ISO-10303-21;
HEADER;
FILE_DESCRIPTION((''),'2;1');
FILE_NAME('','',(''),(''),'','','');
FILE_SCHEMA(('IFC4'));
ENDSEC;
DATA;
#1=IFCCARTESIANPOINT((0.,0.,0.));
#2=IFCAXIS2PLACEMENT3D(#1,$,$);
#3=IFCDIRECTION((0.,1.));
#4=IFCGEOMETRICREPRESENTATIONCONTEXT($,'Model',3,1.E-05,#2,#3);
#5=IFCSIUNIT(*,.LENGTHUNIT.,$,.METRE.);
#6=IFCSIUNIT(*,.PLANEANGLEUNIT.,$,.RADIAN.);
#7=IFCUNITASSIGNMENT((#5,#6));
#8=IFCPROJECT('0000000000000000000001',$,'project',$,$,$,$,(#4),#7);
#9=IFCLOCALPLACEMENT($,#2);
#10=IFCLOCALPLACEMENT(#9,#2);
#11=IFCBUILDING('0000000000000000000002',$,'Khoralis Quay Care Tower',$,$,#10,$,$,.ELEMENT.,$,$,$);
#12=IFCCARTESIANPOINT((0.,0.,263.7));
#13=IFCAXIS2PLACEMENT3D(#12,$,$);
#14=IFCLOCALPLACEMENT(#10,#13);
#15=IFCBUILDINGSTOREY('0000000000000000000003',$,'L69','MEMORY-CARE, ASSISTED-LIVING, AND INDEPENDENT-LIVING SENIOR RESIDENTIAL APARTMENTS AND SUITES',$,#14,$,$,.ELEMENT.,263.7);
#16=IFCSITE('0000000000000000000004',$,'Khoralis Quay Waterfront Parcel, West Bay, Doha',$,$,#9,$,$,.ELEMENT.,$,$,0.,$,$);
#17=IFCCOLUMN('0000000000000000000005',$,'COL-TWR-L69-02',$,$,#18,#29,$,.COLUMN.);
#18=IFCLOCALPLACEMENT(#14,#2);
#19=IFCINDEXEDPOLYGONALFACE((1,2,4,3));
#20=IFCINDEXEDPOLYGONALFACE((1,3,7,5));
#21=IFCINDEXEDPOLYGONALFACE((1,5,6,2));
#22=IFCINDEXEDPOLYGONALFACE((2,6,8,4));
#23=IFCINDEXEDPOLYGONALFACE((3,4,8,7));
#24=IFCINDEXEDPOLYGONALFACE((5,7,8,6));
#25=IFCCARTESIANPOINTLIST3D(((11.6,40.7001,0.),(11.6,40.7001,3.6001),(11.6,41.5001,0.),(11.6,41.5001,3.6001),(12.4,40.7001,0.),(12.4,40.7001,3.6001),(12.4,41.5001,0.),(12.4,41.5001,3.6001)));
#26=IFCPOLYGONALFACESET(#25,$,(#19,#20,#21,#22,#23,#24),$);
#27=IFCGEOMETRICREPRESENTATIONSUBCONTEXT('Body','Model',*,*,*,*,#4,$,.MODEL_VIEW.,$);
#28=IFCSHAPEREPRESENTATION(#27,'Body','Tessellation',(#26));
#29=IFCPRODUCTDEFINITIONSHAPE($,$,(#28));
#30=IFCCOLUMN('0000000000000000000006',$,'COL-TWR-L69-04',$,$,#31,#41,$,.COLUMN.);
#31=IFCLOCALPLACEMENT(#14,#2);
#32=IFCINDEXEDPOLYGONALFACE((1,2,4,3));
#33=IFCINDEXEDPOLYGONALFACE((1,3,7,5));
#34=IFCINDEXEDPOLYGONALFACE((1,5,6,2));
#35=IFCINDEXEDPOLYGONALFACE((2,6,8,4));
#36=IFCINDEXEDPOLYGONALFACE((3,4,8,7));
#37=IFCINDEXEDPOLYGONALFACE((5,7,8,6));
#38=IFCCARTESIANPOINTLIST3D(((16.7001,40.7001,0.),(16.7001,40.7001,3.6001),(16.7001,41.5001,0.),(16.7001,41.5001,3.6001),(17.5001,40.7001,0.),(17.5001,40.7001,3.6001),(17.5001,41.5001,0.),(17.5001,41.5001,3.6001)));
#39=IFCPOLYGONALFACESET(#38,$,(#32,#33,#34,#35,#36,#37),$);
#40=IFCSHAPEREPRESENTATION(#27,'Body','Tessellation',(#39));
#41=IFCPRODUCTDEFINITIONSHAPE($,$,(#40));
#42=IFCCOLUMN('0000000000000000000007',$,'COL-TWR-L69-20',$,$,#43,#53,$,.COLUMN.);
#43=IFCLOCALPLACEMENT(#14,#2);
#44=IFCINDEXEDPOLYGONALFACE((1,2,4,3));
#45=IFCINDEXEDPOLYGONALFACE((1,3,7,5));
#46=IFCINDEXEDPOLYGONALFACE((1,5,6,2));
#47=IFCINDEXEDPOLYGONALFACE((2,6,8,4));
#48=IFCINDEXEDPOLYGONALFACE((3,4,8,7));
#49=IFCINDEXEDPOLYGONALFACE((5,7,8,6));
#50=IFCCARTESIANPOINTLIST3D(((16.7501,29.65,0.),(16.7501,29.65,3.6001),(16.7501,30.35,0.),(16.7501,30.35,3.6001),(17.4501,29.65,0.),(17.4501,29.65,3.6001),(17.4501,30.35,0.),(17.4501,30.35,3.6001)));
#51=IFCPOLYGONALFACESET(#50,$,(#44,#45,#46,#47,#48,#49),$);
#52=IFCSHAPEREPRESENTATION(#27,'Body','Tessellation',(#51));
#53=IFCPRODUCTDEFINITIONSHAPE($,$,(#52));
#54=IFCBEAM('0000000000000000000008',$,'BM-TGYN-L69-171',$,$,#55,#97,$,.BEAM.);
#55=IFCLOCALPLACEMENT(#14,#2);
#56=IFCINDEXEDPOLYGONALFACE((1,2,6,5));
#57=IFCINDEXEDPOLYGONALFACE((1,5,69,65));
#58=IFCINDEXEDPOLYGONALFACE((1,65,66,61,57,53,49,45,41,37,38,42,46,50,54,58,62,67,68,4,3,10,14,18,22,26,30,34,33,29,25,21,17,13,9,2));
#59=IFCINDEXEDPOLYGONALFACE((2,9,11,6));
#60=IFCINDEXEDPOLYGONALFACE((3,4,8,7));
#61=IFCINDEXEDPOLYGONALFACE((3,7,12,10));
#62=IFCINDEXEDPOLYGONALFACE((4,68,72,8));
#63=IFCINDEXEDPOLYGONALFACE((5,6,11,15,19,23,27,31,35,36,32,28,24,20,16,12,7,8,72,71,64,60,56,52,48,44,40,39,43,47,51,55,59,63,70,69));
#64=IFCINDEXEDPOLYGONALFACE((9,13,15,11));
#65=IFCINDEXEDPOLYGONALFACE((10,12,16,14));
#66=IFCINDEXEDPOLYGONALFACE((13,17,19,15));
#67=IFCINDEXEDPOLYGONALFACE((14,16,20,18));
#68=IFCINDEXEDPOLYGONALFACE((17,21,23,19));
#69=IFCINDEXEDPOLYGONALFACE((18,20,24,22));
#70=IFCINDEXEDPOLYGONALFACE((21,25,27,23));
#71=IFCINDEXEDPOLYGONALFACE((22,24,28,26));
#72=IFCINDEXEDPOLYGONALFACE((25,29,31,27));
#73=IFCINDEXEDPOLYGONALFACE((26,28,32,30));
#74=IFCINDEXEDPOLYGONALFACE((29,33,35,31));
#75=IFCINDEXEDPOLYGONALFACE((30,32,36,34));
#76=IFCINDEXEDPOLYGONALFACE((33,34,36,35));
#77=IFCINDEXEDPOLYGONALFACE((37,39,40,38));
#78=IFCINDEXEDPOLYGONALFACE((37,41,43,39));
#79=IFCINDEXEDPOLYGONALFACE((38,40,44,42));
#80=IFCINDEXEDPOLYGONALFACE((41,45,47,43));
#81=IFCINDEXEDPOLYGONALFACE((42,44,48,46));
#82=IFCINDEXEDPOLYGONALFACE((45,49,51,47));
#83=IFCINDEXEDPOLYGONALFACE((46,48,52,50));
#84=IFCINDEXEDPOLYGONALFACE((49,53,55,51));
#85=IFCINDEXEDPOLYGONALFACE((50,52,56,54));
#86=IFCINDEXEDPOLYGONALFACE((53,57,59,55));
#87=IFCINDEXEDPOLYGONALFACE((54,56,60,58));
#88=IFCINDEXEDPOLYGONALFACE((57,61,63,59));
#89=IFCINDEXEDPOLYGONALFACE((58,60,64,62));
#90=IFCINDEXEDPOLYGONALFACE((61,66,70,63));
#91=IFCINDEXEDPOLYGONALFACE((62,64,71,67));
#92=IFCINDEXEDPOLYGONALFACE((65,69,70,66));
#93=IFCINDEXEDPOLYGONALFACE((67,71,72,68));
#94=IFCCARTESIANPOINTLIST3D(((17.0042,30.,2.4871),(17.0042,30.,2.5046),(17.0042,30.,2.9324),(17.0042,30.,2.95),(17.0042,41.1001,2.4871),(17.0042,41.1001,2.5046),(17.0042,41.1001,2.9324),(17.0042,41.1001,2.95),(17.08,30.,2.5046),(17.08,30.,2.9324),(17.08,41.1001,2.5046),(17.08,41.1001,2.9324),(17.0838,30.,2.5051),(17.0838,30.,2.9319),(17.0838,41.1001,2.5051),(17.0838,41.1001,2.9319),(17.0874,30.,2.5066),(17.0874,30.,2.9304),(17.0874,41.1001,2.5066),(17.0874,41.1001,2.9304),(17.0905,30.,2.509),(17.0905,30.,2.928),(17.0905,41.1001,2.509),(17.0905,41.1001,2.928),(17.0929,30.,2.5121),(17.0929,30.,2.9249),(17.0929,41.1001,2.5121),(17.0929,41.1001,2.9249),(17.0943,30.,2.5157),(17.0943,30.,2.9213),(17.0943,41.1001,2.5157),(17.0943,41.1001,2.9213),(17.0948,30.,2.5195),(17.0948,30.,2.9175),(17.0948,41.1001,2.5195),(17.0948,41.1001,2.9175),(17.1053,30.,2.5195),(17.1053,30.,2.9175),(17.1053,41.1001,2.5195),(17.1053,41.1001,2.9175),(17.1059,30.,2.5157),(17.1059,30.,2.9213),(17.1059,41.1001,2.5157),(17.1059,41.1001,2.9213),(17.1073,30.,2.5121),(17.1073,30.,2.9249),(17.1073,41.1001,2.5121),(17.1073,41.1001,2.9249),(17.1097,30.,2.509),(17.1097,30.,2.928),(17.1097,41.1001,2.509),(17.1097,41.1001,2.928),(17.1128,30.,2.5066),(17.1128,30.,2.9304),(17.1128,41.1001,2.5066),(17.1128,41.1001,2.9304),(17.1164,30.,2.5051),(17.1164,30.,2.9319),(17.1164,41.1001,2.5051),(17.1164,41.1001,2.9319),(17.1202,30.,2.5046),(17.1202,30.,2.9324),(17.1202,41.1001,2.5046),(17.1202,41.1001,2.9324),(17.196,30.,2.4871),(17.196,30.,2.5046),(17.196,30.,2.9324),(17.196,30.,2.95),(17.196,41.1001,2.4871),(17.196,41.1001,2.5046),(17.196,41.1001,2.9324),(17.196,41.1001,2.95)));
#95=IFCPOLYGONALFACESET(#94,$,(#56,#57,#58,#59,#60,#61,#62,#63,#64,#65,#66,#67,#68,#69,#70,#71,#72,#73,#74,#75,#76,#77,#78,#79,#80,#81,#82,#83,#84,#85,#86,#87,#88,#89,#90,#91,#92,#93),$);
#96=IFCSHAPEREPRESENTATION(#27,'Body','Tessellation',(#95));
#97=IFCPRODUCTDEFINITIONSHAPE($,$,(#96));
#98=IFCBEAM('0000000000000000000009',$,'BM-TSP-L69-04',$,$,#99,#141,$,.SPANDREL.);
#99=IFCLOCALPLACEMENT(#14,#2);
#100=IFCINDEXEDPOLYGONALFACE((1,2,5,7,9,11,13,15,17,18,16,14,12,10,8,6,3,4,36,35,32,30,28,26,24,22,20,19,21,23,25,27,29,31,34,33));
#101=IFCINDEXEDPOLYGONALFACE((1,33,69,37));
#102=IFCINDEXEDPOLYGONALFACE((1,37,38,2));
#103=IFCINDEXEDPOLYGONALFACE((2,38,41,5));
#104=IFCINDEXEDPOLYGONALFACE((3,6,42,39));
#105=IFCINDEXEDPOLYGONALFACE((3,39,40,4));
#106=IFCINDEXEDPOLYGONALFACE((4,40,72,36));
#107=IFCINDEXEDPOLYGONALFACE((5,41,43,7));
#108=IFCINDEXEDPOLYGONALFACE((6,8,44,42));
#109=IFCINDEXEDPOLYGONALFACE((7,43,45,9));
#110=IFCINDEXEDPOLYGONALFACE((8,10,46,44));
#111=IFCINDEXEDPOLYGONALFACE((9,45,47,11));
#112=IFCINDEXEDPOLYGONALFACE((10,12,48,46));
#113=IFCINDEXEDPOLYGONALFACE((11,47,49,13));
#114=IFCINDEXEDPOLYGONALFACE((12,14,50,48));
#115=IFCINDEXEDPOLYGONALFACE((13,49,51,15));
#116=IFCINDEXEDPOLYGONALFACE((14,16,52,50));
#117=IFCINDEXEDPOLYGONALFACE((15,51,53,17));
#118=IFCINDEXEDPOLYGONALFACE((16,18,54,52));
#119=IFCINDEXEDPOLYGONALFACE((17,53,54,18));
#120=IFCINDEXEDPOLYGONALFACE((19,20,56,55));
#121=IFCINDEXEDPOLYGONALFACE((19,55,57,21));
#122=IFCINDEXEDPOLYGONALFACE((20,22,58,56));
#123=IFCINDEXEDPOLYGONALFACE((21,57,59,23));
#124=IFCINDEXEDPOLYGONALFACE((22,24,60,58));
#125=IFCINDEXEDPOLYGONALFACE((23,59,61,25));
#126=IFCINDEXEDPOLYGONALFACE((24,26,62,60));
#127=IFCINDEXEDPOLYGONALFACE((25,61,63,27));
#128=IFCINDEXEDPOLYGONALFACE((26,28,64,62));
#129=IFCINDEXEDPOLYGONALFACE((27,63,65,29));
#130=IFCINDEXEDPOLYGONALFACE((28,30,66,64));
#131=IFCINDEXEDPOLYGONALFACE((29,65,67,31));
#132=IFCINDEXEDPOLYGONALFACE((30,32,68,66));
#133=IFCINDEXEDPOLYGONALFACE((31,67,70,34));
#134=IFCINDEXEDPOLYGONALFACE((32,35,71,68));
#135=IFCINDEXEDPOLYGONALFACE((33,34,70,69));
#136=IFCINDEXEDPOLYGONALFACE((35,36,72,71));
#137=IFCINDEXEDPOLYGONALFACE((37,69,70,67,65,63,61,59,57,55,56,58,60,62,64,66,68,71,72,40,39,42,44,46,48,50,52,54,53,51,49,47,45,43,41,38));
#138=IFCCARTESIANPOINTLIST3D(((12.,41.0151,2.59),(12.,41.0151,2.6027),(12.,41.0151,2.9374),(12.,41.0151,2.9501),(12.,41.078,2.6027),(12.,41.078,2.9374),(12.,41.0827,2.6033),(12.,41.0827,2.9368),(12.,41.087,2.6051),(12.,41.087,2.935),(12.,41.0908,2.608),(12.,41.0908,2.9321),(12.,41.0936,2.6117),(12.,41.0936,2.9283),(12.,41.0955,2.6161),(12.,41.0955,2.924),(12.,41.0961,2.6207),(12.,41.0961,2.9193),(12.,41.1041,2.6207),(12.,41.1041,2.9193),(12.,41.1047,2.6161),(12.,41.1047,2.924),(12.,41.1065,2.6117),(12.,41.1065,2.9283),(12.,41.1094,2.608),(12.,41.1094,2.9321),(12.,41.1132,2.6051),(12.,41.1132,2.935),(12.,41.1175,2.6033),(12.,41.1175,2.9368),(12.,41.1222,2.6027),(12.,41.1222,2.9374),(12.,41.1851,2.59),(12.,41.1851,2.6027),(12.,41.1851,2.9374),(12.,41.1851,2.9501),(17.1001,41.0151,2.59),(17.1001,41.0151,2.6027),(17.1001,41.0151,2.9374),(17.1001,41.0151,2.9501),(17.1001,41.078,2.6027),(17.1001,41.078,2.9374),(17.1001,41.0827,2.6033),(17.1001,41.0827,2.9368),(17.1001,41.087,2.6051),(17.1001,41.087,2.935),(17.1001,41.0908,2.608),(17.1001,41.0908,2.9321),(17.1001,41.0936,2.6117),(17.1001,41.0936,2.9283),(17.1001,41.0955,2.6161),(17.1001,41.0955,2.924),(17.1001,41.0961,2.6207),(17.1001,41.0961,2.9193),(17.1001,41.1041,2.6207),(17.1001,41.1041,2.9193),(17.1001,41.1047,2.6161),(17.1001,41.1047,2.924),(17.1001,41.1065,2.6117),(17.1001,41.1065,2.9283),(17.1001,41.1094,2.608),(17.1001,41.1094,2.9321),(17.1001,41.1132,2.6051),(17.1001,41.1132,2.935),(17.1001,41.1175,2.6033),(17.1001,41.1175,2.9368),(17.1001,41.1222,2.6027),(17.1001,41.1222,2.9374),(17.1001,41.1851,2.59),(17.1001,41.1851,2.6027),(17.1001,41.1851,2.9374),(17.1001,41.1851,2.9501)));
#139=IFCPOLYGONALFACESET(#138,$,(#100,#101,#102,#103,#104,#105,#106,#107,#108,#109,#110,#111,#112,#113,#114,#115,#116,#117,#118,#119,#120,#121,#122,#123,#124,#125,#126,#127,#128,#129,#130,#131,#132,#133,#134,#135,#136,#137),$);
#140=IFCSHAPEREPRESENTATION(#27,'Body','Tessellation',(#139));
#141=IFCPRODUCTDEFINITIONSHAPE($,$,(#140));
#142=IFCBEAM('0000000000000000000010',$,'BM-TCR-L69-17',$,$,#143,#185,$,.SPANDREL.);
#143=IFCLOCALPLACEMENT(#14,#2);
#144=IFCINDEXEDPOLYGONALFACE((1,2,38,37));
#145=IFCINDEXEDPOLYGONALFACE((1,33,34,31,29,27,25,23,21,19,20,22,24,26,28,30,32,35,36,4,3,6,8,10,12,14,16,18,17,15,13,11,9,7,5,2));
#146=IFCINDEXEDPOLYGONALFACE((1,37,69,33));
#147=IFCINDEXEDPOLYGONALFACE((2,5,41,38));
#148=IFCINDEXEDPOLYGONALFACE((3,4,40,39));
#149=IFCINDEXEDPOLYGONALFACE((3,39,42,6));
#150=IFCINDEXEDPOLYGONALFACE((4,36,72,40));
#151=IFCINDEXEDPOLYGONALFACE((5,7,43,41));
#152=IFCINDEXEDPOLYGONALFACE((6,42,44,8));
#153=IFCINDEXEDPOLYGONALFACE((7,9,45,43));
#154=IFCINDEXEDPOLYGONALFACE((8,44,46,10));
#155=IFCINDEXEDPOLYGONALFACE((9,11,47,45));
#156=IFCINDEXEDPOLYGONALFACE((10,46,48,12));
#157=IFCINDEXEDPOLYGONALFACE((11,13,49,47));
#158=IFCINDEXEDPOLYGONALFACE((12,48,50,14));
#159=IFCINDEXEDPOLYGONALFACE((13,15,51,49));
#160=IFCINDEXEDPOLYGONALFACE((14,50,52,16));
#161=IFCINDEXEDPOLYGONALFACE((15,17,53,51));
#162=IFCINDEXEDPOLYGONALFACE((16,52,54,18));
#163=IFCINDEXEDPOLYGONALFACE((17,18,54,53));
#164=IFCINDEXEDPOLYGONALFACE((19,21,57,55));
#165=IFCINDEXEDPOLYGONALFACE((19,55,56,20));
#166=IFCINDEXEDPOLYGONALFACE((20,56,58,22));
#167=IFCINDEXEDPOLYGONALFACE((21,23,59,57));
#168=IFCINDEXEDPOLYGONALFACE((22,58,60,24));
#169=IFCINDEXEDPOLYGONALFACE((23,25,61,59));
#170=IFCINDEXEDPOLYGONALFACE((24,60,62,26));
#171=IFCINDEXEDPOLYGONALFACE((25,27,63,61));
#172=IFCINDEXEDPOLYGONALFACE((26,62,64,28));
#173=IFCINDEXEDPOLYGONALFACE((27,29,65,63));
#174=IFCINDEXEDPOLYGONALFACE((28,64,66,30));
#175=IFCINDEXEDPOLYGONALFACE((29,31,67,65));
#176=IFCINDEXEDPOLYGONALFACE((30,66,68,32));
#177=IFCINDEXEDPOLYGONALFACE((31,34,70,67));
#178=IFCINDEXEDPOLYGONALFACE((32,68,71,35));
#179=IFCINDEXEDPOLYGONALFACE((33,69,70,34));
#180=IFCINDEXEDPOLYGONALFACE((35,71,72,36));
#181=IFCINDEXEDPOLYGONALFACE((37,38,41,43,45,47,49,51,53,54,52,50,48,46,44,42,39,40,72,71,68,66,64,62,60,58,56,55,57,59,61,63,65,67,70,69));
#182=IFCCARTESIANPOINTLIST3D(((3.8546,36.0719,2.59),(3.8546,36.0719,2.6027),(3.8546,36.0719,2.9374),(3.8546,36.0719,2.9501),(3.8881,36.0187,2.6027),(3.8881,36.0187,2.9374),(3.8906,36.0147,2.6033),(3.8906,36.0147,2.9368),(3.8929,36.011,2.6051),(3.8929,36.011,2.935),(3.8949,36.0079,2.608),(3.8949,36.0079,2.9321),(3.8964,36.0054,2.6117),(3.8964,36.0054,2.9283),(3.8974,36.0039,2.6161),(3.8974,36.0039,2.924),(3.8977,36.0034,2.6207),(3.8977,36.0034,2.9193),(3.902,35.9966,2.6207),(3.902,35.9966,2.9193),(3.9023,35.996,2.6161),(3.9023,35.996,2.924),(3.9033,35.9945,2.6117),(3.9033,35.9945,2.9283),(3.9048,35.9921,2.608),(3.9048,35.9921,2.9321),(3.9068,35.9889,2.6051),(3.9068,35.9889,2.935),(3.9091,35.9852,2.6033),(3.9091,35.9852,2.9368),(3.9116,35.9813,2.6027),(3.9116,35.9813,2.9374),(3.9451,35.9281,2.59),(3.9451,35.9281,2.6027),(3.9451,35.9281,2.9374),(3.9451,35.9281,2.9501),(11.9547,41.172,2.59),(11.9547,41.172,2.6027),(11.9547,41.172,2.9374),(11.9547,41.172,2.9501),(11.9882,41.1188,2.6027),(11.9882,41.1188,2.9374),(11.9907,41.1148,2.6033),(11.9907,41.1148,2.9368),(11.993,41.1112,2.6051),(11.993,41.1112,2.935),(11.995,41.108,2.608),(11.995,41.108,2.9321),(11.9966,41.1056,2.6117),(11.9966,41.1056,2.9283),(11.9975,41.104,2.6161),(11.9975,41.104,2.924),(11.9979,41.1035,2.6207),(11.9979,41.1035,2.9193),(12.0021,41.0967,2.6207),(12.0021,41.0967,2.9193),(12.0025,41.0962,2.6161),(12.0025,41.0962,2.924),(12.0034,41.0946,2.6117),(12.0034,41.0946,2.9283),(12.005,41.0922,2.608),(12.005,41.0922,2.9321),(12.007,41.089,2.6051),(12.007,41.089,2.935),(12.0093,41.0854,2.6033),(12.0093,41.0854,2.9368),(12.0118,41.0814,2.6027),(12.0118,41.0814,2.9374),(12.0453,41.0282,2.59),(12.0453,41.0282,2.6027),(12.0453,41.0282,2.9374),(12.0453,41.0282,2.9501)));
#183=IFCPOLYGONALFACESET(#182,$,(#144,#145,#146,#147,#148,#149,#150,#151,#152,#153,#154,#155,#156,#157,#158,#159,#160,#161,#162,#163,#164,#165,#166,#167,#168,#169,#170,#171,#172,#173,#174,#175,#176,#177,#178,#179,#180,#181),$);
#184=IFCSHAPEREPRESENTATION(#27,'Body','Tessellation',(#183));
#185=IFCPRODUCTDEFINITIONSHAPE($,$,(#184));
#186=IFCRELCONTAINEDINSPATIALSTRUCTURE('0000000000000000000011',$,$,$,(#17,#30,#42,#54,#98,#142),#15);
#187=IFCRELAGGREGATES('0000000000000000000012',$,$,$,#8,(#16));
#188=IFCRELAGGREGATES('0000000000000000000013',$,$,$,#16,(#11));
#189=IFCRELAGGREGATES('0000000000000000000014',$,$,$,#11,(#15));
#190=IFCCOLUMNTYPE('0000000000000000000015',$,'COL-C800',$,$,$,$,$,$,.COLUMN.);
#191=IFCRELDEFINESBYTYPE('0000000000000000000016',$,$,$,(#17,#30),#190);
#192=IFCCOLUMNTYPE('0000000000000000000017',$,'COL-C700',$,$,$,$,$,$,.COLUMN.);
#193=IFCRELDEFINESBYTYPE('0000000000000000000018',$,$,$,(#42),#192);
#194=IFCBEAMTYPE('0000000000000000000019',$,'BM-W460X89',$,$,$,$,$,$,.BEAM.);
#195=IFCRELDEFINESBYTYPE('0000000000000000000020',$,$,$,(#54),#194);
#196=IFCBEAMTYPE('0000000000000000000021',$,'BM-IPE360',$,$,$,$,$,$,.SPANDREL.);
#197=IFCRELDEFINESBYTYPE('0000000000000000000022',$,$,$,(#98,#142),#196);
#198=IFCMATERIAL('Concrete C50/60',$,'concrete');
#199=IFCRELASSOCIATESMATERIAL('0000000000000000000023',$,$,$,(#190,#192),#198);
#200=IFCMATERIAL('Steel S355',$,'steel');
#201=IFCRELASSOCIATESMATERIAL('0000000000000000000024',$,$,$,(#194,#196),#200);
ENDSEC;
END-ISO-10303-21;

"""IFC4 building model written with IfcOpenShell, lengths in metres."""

from ifc_helpers import new_model, si_unit, direction, frame, origin, origin_2d, place, context, subcontext, project, spatial, rectangle, i_section, extrude, source, transform, mapped, material, material_profile, profile_set, type_object, element, save


model = new_model("IFC4")

# Units and contexts
model_context = context("Model", 3, precision=1e-05, world=origin(), true_north=direction((0.0, 1.0)))
body_context = subcontext(model_context, "Body", "Model", "MODEL_VIEW")
ifc_project = project(units=[si_unit("LENGTHUNIT", "METRE"), si_unit("PLANEANGLEUNIT", "RADIAN")], contexts=[model_context])

# Site, building, storey
site_placement = place(None, origin())
site = spatial("IfcSite", under=ifc_project, at=site_placement, Name="Khoralis Quay Waterfront Parcel, West Bay, Doha", CompositionType="ELEMENT", RefElevation=0.0)
building_placement = place(site_placement, origin())
building = spatial("IfcBuilding", under=site, at=building_placement, Name="Khoralis Quay Care Tower", CompositionType="ELEMENT")
storey_placement = place(building_placement, frame((0.0, 0.0, 263.7)))
storey = spatial("IfcBuildingStorey", under=building, at=storey_placement, Name="L69", Description="MEMORY-CARE, ASSISTED-LIVING, AND INDEPENDENT-LIVING SENIOR RESIDENTIAL APARTMENTS AND SUITES", CompositionType="ELEMENT", Elevation=263.7)

# Columns
ifc_material_1 = material(Name="Concrete C50/60", Category="concrete")
ifc_material_profile_1 = material_profile(ifc_material_1, rectangle(XDim=0.8, YDim=0.8, at=origin_2d()), Name="Concrete C50/60")
ifc_profile_set_1 = profile_set([ifc_material_profile_1], Name="Concrete C50/60")
column_type_1 = type_object("IfcColumnType", Name="COL-C800", PredefinedType="COLUMN", material=ifc_profile_set_1)
shared_shape_1 = source(origin(), body_context, "Body", "SweptSolid", [
    extrude(rectangle(XDim=0.8, YDim=0.8, at=origin_2d()), origin(), (0.0, 0.0, 1.0), 3.6001),
])
for number, where, z_axis, x_axis, name in (
    (1, (12.0, 41.1001, 0.0), (0.0, 0.0, 1.0), (1.0, 0.0, 0.0), "COL-TWR-L69-02"),
    (2, (17.1001, 41.1001, 0.0), (0.0, 0.0, 1.0), (1.0, 0.0, 0.0), "COL-TWR-L69-04"),
):
    element("IfcColumn", number, at=place(storey_placement, frame(where, z_axis=z_axis, x_axis=x_axis)), inside=storey, type_object=column_type_1, Name=name, PredefinedType="COLUMN", context=body_context, shape_type="MappedRepresentation", body=[
        mapped(shared_shape_1, transform((0.0, 0.0, 0.0), scale=1.0)),
    ])
ifc_material_profile_2 = material_profile(ifc_material_1, rectangle(XDim=0.7, YDim=0.7, at=origin_2d()), Name="Concrete C50/60")
ifc_profile_set_2 = profile_set([ifc_material_profile_2], Name="Concrete C50/60")
column_type_2 = type_object("IfcColumnType", Name="COL-C700", PredefinedType="COLUMN", material=ifc_profile_set_2)
shared_shape_2 = source(origin(), body_context, "Body", "SweptSolid", [
    extrude(rectangle(XDim=0.7, YDim=0.7, at=origin_2d()), origin(), (0.0, 0.0, 1.0), 3.6001),
])
column_placement = place(storey_placement, frame((17.1001, 30.0, 0.0), z_axis=(0.0, 0.0, 1.0), x_axis=(1.0, 0.0, 0.0)))
element("IfcColumn", 3, at=column_placement, inside=storey, type_object=column_type_2, Name="COL-TWR-L69-20", PredefinedType="COLUMN", context=body_context, shape_type="MappedRepresentation", body=[
    mapped(shared_shape_2, transform((0.0, 0.0, 0.0), scale=1.0)),
])

# Beams
ifc_material_2 = material(Name="Steel S355", Category="steel")
ifc_material_profile_3 = material_profile(ifc_material_2, i_section(OverallWidth=0.1919, OverallDepth=0.4629, WebThickness=0.0105, FlangeThickness=0.0176, FilletRadius=0.0149, at=origin_2d()), Name="Steel S355")
ifc_profile_set_3 = profile_set([ifc_material_profile_3], Name="Steel S355")
beam_type_1 = type_object("IfcBeamType", Name="BM-W460X89", PredefinedType="BEAM", material=ifc_profile_set_3)
shared_shape_3 = source(origin(), body_context, "Body", "SweptSolid", [
    extrude(i_section(OverallWidth=0.1919, OverallDepth=0.4629, WebThickness=0.0105, FlangeThickness=0.0176, FilletRadius=0.0149, at=origin_2d()), origin(), (0.0, 0.0, 1.0), 11.1001),
])
beam_1_placement = place(storey_placement, frame((17.1001, 30.0, 2.7185), z_axis=(0.0, 1.0, 0.0), x_axis=(-1.0, 0.0, 0.0)))
element("IfcBeam", 4, at=beam_1_placement, inside=storey, type_object=beam_type_1, Name="BM-TGYN-L69-171", PredefinedType="BEAM", context=body_context, shape_type="MappedRepresentation", body=[
    mapped(shared_shape_3, transform((0.0, 0.0, 0.0), scale=1.0)),
])
ifc_material_profile_4 = material_profile(ifc_material_2, i_section(OverallWidth=0.1699, OverallDepth=0.3601, WebThickness=0.0081, FlangeThickness=0.0127, FilletRadius=0.0181, at=origin_2d()), Name="Steel S355")
ifc_profile_set_4 = profile_set([ifc_material_profile_4], Name="Steel S355")
beam_type_2 = type_object("IfcBeamType", Name="BM-IPE360", PredefinedType="SPANDREL", material=ifc_profile_set_4)
shared_shape_4 = source(origin(), body_context, "Body", "SweptSolid", [
    extrude(i_section(OverallWidth=0.1699, OverallDepth=0.3601, WebThickness=0.0081, FlangeThickness=0.0127, FilletRadius=0.0181, at=origin_2d()), origin(), (0.0, 0.0, 1.0), 5.1001),
])
beam_2_placement = place(storey_placement, frame((12.0, 41.1001, 2.77), z_axis=(1.0, 0.0, 0.0), x_axis=(0.0, 1.0, 0.0)))
element("IfcBeam", 5, at=beam_2_placement, inside=storey, type_object=beam_type_2, Name="BM-TSP-L69-04", PredefinedType="SPANDREL", context=body_context, shape_type="MappedRepresentation", body=[
    mapped(shared_shape_4, transform((0.0, 0.0, 0.0), scale=1.0)),
])
shared_shape_5 = source(origin(), body_context, "Body", "SweptSolid", [
    extrude(i_section(OverallWidth=0.1699, OverallDepth=0.3601, WebThickness=0.0081, FlangeThickness=0.0127, FilletRadius=0.0181, at=origin_2d()), origin(), (0.0, 0.0, 1.0), 9.572),
])
beam_3_placement = place(storey_placement, frame((12.0, 41.1001, 2.77), z_axis=(-0.846231, -0.532816, 0.0), x_axis=(0.532816, -0.846231, 0.0)))
element("IfcBeam", 6, at=beam_3_placement, inside=storey, type_object=beam_type_2, Name="BM-TCR-L69-17", PredefinedType="SPANDREL", context=body_context, shape_type="MappedRepresentation", body=[
    mapped(shared_shape_5, transform((0.0, 0.0, 0.0), scale=1.0)),
])

save(model, "model.ifc")
